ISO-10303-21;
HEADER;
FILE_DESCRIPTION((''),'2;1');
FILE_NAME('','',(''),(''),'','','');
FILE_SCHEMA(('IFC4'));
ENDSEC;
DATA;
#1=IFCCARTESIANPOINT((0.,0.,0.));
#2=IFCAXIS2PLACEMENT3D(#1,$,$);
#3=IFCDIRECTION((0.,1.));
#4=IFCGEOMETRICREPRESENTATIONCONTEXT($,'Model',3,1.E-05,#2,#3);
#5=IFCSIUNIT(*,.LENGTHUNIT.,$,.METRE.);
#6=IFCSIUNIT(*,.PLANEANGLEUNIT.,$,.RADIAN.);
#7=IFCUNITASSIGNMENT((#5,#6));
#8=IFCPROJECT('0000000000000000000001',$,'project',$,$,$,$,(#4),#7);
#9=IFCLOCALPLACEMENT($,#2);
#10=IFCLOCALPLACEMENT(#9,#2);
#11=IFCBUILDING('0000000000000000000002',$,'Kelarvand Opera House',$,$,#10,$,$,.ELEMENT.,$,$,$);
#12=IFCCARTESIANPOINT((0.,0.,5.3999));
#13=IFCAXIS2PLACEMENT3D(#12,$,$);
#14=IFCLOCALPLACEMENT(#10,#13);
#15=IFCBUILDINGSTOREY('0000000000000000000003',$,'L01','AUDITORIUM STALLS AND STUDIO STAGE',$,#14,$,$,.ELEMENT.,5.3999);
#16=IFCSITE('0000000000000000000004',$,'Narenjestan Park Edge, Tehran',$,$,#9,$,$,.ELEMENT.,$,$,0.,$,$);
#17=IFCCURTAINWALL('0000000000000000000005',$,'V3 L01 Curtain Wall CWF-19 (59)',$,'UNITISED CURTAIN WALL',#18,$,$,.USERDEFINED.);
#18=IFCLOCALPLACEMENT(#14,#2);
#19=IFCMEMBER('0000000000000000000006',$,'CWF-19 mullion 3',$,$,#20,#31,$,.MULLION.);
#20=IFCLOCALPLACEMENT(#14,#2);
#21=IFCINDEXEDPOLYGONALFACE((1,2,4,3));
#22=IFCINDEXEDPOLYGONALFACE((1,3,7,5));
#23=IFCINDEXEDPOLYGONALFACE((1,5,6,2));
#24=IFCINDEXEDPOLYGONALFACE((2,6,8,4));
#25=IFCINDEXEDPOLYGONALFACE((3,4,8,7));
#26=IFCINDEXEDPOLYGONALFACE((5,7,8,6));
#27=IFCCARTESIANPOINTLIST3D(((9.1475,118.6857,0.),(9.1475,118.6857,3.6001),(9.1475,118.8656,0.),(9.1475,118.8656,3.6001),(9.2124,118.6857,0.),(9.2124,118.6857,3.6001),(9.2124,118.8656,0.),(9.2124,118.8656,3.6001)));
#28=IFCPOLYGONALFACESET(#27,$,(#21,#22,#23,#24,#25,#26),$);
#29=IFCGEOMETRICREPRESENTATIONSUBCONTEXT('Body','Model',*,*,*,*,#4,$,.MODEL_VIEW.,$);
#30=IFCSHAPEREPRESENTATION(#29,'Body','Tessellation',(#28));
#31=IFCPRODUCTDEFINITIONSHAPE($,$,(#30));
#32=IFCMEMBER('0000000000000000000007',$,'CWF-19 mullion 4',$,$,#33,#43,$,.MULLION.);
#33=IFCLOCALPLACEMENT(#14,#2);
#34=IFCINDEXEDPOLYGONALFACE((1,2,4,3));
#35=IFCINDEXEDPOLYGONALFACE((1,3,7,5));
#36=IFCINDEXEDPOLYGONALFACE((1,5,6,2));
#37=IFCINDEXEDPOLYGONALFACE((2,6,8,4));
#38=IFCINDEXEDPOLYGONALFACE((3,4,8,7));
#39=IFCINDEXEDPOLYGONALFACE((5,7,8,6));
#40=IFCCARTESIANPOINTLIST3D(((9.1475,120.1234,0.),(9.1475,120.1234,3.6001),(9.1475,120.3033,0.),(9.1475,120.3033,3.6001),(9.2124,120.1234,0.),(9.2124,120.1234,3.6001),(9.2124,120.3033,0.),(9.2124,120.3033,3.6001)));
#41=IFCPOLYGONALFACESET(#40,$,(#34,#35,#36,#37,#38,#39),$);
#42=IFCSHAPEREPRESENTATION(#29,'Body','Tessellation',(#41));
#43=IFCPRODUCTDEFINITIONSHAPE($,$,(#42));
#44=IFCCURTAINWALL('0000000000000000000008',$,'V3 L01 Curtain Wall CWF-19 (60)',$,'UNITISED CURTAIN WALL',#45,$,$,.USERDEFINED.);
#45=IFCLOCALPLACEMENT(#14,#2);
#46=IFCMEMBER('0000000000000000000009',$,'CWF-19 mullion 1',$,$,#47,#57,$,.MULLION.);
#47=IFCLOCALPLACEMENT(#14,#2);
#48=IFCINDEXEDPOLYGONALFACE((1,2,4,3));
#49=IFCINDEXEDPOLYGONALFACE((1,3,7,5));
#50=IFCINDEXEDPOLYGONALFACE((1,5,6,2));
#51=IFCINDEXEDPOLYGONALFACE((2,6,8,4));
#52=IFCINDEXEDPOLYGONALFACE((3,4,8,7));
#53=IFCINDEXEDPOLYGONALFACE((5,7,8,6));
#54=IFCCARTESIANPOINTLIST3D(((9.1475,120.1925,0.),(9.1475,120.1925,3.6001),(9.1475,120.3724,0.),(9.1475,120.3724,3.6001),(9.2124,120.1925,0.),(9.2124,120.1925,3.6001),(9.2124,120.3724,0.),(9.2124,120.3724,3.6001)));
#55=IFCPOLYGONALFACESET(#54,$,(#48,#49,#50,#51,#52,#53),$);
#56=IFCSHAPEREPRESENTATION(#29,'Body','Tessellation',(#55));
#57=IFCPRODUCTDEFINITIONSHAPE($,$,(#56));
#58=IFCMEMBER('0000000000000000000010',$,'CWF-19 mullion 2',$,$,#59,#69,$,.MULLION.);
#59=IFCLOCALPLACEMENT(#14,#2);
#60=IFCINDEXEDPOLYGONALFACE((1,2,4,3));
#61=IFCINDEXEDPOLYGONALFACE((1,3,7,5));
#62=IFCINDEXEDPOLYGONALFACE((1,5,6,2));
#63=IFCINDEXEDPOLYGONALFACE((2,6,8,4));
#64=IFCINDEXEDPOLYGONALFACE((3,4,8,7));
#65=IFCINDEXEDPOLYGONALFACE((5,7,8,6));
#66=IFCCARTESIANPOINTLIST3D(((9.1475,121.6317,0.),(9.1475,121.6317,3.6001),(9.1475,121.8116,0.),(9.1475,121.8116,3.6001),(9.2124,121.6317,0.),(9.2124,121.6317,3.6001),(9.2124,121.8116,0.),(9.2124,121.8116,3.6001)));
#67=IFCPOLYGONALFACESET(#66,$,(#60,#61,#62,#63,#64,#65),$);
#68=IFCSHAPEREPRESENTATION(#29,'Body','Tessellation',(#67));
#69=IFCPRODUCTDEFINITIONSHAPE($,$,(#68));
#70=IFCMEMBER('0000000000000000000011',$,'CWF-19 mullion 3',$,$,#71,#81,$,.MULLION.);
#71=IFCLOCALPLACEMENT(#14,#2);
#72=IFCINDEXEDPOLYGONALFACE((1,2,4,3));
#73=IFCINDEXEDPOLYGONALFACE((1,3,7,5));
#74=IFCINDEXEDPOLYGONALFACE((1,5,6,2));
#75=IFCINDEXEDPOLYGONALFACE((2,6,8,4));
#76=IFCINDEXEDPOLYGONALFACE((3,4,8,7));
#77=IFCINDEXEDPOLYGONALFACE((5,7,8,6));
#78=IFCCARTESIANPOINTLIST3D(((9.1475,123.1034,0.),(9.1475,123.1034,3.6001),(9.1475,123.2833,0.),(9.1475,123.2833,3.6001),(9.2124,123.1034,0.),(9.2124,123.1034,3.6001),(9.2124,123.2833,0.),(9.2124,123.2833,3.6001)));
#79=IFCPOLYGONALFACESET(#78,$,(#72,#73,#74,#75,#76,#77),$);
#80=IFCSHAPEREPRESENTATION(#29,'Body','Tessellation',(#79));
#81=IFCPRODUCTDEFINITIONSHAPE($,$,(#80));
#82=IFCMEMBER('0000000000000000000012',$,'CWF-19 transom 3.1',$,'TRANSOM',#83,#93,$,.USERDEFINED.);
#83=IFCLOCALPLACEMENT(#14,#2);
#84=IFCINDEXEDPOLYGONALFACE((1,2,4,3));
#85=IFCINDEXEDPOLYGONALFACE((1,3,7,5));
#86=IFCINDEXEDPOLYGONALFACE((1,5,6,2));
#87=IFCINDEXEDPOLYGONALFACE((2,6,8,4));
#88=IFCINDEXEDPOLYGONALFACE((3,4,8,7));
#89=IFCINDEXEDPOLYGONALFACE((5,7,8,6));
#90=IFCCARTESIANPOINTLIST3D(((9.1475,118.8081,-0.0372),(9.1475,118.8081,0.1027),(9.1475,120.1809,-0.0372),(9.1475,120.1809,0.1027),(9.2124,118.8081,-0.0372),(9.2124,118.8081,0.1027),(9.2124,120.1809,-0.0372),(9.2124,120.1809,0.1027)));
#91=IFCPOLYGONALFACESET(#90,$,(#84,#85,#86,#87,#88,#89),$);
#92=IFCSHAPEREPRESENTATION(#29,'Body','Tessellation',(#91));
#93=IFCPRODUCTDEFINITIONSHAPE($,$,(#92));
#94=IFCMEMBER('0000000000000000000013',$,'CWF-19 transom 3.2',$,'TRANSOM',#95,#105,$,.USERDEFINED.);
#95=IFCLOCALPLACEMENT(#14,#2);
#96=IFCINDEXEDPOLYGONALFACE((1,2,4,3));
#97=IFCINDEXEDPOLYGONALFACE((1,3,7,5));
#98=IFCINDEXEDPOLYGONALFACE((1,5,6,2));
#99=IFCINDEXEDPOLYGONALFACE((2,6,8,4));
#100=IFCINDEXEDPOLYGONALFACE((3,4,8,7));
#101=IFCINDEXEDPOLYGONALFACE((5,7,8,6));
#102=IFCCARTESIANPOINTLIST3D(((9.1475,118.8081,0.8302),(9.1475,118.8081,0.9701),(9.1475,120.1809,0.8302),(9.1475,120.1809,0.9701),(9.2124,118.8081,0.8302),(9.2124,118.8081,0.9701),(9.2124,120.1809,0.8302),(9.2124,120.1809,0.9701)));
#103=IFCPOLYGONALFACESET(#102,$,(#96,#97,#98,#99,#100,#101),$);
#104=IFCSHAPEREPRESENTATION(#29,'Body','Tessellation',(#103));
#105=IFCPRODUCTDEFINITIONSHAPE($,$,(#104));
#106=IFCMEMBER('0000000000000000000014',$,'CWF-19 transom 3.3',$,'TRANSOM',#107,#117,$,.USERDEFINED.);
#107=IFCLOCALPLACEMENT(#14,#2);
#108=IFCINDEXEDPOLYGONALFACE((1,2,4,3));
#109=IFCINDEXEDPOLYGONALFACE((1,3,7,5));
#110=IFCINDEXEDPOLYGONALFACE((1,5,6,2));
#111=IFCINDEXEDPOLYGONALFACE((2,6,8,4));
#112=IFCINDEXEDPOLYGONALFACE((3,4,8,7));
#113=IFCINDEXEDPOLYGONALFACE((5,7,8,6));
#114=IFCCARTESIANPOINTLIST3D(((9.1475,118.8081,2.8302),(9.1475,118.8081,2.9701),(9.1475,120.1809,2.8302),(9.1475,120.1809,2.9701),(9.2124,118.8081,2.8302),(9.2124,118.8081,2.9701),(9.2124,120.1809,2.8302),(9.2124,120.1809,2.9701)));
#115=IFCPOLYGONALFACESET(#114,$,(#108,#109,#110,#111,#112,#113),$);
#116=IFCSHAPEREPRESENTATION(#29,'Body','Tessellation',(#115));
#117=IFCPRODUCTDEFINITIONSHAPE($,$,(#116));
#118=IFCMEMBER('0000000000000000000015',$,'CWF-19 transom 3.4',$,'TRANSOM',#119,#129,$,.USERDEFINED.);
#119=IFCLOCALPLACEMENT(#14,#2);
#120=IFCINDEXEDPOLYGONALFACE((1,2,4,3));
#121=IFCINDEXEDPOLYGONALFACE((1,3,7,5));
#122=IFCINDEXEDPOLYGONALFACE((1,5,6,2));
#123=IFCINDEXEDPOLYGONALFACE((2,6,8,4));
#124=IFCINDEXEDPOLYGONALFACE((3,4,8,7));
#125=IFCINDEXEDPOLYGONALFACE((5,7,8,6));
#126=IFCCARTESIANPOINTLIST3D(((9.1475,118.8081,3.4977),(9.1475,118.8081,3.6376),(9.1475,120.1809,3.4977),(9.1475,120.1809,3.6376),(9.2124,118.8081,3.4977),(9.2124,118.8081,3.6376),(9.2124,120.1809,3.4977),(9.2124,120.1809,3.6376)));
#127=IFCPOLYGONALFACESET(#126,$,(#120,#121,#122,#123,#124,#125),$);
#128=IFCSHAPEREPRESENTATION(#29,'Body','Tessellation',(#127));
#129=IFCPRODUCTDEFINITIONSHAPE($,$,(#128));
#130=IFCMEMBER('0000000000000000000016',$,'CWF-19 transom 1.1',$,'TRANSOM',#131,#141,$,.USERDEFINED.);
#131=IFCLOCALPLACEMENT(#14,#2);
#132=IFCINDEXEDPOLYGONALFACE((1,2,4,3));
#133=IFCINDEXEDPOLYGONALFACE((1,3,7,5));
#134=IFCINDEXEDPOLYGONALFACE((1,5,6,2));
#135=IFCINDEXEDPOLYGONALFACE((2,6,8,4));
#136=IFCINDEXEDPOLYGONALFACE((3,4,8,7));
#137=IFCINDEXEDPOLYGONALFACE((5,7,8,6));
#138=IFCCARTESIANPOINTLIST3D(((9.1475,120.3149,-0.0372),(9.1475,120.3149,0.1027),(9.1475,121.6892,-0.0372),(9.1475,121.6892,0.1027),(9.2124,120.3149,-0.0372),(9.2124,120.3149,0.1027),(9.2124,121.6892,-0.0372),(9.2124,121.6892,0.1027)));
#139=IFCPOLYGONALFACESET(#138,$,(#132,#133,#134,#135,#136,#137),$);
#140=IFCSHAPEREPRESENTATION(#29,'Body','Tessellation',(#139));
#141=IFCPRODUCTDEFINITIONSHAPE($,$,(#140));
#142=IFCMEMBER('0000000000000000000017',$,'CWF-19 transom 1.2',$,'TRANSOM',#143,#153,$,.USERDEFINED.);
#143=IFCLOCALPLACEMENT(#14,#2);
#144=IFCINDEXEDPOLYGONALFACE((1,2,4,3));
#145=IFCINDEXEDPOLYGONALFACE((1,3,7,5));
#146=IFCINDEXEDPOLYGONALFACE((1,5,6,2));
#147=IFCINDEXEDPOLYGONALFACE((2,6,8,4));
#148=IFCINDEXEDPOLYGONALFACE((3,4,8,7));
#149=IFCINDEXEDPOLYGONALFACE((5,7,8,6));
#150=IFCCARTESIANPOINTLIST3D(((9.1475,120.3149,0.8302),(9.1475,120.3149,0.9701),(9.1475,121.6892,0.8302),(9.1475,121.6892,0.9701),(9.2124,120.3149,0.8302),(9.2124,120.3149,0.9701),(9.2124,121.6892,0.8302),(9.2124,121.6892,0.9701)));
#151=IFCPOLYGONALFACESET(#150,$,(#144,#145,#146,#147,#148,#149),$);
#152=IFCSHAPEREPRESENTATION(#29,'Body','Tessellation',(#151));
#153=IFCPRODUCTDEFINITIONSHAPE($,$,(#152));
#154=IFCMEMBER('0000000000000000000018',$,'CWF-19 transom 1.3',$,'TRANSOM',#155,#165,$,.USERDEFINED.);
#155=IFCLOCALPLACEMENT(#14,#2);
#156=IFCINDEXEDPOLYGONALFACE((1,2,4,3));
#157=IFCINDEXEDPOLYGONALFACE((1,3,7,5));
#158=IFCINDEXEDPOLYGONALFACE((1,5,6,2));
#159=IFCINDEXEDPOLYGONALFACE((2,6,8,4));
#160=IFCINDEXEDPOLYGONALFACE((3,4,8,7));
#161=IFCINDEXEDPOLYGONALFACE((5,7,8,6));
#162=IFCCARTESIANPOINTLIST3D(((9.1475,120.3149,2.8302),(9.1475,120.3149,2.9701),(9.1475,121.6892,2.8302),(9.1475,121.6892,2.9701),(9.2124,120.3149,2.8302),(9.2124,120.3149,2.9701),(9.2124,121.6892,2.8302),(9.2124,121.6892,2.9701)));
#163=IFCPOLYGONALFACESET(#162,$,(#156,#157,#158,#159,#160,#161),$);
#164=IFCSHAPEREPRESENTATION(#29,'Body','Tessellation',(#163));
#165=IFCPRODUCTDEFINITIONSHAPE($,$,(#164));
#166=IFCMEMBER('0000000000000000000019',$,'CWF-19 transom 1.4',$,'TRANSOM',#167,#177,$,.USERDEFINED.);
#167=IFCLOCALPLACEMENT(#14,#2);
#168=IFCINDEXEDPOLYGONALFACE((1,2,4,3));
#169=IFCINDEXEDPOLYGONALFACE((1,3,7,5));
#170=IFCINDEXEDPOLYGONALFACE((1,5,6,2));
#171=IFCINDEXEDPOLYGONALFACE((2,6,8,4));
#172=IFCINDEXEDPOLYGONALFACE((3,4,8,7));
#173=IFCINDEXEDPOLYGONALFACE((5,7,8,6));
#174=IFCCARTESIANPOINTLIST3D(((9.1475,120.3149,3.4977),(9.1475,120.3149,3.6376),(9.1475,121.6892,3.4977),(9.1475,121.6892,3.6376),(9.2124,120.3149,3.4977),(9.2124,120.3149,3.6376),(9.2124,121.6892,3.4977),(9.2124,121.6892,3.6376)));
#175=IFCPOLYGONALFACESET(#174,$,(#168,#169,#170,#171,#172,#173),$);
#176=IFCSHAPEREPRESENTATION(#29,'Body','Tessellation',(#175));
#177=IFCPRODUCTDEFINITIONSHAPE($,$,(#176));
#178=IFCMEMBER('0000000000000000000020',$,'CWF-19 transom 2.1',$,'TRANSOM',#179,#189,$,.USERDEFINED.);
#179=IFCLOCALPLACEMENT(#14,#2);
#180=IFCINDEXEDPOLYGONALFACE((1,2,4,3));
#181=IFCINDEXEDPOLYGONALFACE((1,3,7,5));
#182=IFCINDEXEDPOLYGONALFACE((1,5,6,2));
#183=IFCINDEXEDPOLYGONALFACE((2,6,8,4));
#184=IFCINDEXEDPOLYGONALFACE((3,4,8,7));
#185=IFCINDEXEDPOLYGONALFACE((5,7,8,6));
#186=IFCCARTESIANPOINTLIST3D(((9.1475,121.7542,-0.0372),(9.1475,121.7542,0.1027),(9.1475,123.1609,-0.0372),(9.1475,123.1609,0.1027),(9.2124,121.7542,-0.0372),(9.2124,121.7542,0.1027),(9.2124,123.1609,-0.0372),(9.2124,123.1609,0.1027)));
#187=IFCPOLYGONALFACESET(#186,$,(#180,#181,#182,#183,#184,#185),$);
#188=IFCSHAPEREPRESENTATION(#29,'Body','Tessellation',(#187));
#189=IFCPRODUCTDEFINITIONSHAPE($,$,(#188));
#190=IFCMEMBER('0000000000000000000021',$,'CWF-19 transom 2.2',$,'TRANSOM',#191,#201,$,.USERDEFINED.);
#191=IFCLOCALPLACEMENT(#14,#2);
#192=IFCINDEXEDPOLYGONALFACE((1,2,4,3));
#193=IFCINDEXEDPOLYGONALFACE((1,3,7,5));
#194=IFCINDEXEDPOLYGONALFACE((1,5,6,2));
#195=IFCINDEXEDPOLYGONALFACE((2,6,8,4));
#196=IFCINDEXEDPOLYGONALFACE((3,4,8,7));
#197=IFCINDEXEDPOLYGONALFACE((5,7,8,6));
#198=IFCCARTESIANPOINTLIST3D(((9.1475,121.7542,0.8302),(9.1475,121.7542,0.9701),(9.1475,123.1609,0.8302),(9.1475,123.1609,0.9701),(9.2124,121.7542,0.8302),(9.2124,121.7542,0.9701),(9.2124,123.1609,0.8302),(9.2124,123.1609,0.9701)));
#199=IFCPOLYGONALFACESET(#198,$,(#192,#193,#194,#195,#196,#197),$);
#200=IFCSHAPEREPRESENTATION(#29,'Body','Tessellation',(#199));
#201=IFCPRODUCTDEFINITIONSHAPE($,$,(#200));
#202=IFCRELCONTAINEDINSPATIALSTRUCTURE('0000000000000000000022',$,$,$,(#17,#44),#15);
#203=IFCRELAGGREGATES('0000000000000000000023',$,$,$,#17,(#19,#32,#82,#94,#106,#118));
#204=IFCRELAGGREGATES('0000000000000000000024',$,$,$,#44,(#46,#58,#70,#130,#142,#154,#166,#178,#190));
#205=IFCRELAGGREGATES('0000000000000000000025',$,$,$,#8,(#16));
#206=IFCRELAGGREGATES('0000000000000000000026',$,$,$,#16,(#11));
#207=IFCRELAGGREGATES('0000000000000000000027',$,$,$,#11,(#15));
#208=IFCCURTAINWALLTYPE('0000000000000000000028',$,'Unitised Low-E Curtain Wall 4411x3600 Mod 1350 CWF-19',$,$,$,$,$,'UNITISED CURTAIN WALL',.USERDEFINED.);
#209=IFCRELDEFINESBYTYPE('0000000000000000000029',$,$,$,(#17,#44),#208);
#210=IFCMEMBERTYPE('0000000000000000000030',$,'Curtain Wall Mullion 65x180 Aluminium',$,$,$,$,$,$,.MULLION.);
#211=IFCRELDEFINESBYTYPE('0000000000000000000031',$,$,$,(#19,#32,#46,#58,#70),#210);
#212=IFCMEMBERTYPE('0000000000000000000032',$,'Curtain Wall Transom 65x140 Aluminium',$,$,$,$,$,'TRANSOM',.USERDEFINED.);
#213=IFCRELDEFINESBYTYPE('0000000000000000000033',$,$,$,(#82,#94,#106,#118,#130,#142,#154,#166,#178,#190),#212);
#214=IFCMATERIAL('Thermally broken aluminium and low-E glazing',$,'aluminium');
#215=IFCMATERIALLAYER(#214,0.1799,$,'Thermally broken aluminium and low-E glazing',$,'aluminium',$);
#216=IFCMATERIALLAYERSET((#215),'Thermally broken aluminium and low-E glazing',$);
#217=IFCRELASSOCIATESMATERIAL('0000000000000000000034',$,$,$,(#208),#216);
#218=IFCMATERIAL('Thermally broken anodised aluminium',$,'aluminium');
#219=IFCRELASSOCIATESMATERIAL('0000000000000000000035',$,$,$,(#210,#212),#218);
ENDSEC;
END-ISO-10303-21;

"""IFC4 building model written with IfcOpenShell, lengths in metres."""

from ifc_helpers import new_model, si_unit, direction, frame, origin, origin_2d, place, context, subcontext, project, spatial, rectangle, extrude, material, layer, layer_set, material_profile, profile_set, type_object, element, aggregate, save


model = new_model("IFC4")

# Units and contexts
model_context = context("Model", 3, precision=1e-05, world=origin(), true_north=direction((0.0, 1.0)))
body_context = subcontext(model_context, "Body", "Model", "MODEL_VIEW")
ifc_project = project(units=[si_unit("LENGTHUNIT", "METRE"), si_unit("PLANEANGLEUNIT", "RADIAN")], contexts=[model_context])

# Site, building, storey
site_placement = place(None, origin())
site = spatial("IfcSite", under=ifc_project, at=site_placement, Name="Narenjestan Park Edge, Tehran", CompositionType="ELEMENT", RefElevation=0.0)
building_placement = place(site_placement, origin())
building = spatial("IfcBuilding", under=site, at=building_placement, Name="Kelarvand Opera House", CompositionType="ELEMENT")
storey_placement = place(building_placement, frame((0.0, 0.0, 5.3999)))
storey = spatial("IfcBuildingStorey", under=building, at=storey_placement, Name="L01", Description="AUDITORIUM STALLS AND STUDIO STAGE", CompositionType="ELEMENT", Elevation=5.3999)

# Curtain walls, members
ifc_material_1 = material(Name="Thermally broken aluminium and low-E glazing", Category="aluminium")
ifc_layer_1 = layer(ifc_material_1, 0.1799, Name="Thermally broken aluminium and low-E glazing", Category="aluminium")
ifc_layer_set_1 = layer_set([ifc_layer_1], Name="Thermally broken aluminium and low-E glazing")
curtain_wall_type = type_object("IfcCurtainWallType", Name="Unitised Low-E Curtain Wall 4411x3600 Mod 1350 CWF-19", ElementType="UNITISED CURTAIN WALL", PredefinedType="USERDEFINED", material=ifc_layer_set_1)
curtain_wall_1_placement = place(storey_placement, origin())
curtain_wall_1 = element("IfcCurtainWall", 1, at=curtain_wall_1_placement, inside=storey, type_object=curtain_wall_type, Name="V3 L01 Curtain Wall CWF-19 (59)", ObjectType="UNITISED CURTAIN WALL", PredefinedType="USERDEFINED")
ifc_material_2 = material(Name="Thermally broken anodised aluminium", Category="aluminium")
ifc_material_profile_1 = material_profile(ifc_material_2, rectangle(XDim=0.0649, YDim=0.1799, at=origin_2d()), Name="ALU MULLION 65x180", Category="aluminium")
ifc_profile_set_1 = profile_set([ifc_material_profile_1], Name="Thermally broken anodised aluminium")
member_type_1 = type_object("IfcMemberType", Name="Curtain Wall Mullion 65x180 Aluminium", PredefinedType="MULLION", material=ifc_profile_set_1)
member_1_placement = place(storey_placement, frame((9.1799, 118.7756, 0.0), z_axis=(0.0, 0.0, 1.0), x_axis=(-1.0, 0.0, 0.0)))
member_1 = element("IfcMember", 2, at=member_1_placement, type_object=member_type_1, Name="CWF-19 mullion 3", PredefinedType="MULLION", context=body_context, shape_type="SweptSolid", body=[
    extrude(rectangle(XDim=0.0649, YDim=0.1799, at=origin_2d()), origin(), (0.0, 0.0, 1.0), 3.6001),
])
member_2_placement = place(storey_placement, frame((9.1799, 120.2134, 0.0), z_axis=(0.0, 0.0, 1.0), x_axis=(-1.0, 0.0, 0.0)))
member_2 = element("IfcMember", 3, at=member_2_placement, type_object=member_type_1, Name="CWF-19 mullion 4", PredefinedType="MULLION", context=body_context, shape_type="SweptSolid", body=[
    extrude(rectangle(XDim=0.0649, YDim=0.1799, at=origin_2d()), origin(), (0.0, 0.0, 1.0), 3.6001),
])
curtain_wall_2_placement = place(storey_placement, origin())
curtain_wall_2 = element("IfcCurtainWall", 4, at=curtain_wall_2_placement, inside=storey, type_object=curtain_wall_type, Name="V3 L01 Curtain Wall CWF-19 (60)", ObjectType="UNITISED CURTAIN WALL", PredefinedType="USERDEFINED")
member_3_placement = place(storey_placement, frame((9.1799, 120.2825, 0.0), z_axis=(0.0, 0.0, 1.0), x_axis=(-1.0, 0.0, 0.0)))
member_3 = element("IfcMember", 5, at=member_3_placement, type_object=member_type_1, Name="CWF-19 mullion 1", PredefinedType="MULLION", context=body_context, shape_type="SweptSolid", body=[
    extrude(rectangle(XDim=0.0649, YDim=0.1799, at=origin_2d()), origin(), (0.0, 0.0, 1.0), 3.6001),
])
member_4_placement = place(storey_placement, frame((9.1799, 121.7217, 0.0), z_axis=(0.0, 0.0, 1.0), x_axis=(-1.0, 0.0, 0.0)))
member_4 = element("IfcMember", 6, at=member_4_placement, type_object=member_type_1, Name="CWF-19 mullion 2", PredefinedType="MULLION", context=body_context, shape_type="SweptSolid", body=[
    extrude(rectangle(XDim=0.0649, YDim=0.1799, at=origin_2d()), origin(), (0.0, 0.0, 1.0), 3.6001),
])
member_5_placement = place(storey_placement, frame((9.1799, 123.1934, 0.0), z_axis=(0.0, 0.0, 1.0), x_axis=(-1.0, 0.0, 0.0)))
member_5 = element("IfcMember", 7, at=member_5_placement, type_object=member_type_1, Name="CWF-19 mullion 3", PredefinedType="MULLION", context=body_context, shape_type="SweptSolid", body=[
    extrude(rectangle(XDim=0.0649, YDim=0.1799, at=origin_2d()), origin(), (0.0, 0.0, 1.0), 3.6001),
])

# Members
ifc_material_profile_2 = material_profile(ifc_material_2, rectangle(XDim=0.0649, YDim=0.1399, at=origin_2d()), Name="ALU TRANSOM 65x140", Category="aluminium")
ifc_profile_set_2 = profile_set([ifc_material_profile_2], Name="Thermally broken anodised aluminium")
member_type_2 = type_object("IfcMemberType", Name="Curtain Wall Transom 65x140 Aluminium", ElementType="TRANSOM", PredefinedType="USERDEFINED", material=ifc_profile_set_2)
member_6_placement = place(storey_placement, frame((9.1799, 118.8081, 0.0327), z_axis=(0.0, 1.0, 0.0), x_axis=(-1.0, 0.0, 0.0)))
member_6 = element("IfcMember", 8, at=member_6_placement, type_object=member_type_2, Name="CWF-19 transom 3.1", ObjectType="TRANSOM", PredefinedType="USERDEFINED", context=body_context, shape_type="SweptSolid", body=[
    extrude(rectangle(XDim=0.0649, YDim=0.1399, at=origin_2d()), origin(), (0.0, 0.0, 1.0), 1.3728),
])
member_7_placement = place(storey_placement, frame((9.1799, 118.8081, 0.9001), z_axis=(0.0, 1.0, 0.0), x_axis=(-1.0, 0.0, 0.0)))
member_7 = element("IfcMember", 9, at=member_7_placement, type_object=member_type_2, Name="CWF-19 transom 3.2", ObjectType="TRANSOM", PredefinedType="USERDEFINED", context=body_context, shape_type="SweptSolid", body=[
    extrude(rectangle(XDim=0.0649, YDim=0.1399, at=origin_2d()), origin(), (0.0, 0.0, 1.0), 1.3728),
])
member_8_placement = place(storey_placement, frame((9.1799, 118.8081, 2.9001), z_axis=(0.0, 1.0, 0.0), x_axis=(-1.0, 0.0, 0.0)))
member_8 = element("IfcMember", 10, at=member_8_placement, type_object=member_type_2, Name="CWF-19 transom 3.3", ObjectType="TRANSOM", PredefinedType="USERDEFINED", context=body_context, shape_type="SweptSolid", body=[
    extrude(rectangle(XDim=0.0649, YDim=0.1399, at=origin_2d()), origin(), (0.0, 0.0, 1.0), 1.3728),
])
member_9_placement = place(storey_placement, frame((9.1799, 118.8081, 3.5676), z_axis=(0.0, 1.0, 0.0), x_axis=(-1.0, 0.0, 0.0)))
member_9 = element("IfcMember", 11, at=member_9_placement, type_object=member_type_2, Name="CWF-19 transom 3.4", ObjectType="TRANSOM", PredefinedType="USERDEFINED", context=body_context, shape_type="SweptSolid", body=[
    extrude(rectangle(XDim=0.0649, YDim=0.1399, at=origin_2d()), origin(), (0.0, 0.0, 1.0), 1.3728),
])
member_10_placement = place(storey_placement, frame((9.1799, 120.3149, 0.0327), z_axis=(0.0, 1.0, 0.0), x_axis=(-1.0, 0.0, 0.0)))
member_10 = element("IfcMember", 12, at=member_10_placement, type_object=member_type_2, Name="CWF-19 transom 1.1", ObjectType="TRANSOM", PredefinedType="USERDEFINED", context=body_context, shape_type="SweptSolid", body=[
    extrude(rectangle(XDim=0.0649, YDim=0.1399, at=origin_2d()), origin(), (0.0, 0.0, 1.0), 1.3743),
])
member_11_placement = place(storey_placement, frame((9.1799, 120.3149, 0.9001), z_axis=(0.0, 1.0, 0.0), x_axis=(-1.0, 0.0, 0.0)))
member_11 = element("IfcMember", 13, at=member_11_placement, type_object=member_type_2, Name="CWF-19 transom 1.2", ObjectType="TRANSOM", PredefinedType="USERDEFINED", context=body_context, shape_type="SweptSolid", body=[
    extrude(rectangle(XDim=0.0649, YDim=0.1399, at=origin_2d()), origin(), (0.0, 0.0, 1.0), 1.3743),
])
member_12_placement = place(storey_placement, frame((9.1799, 120.3149, 2.9001), z_axis=(0.0, 1.0, 0.0), x_axis=(-1.0, 0.0, 0.0)))
member_12 = element("IfcMember", 14, at=member_12_placement, type_object=member_type_2, Name="CWF-19 transom 1.3", ObjectType="TRANSOM", PredefinedType="USERDEFINED", context=body_context, shape_type="SweptSolid", body=[
    extrude(rectangle(XDim=0.0649, YDim=0.1399, at=origin_2d()), origin(), (0.0, 0.0, 1.0), 1.3743),
])
member_13_placement = place(storey_placement, frame((9.1799, 120.3149, 3.5676), z_axis=(0.0, 1.0, 0.0), x_axis=(-1.0, 0.0, 0.0)))
member_13 = element("IfcMember", 15, at=member_13_placement, type_object=member_type_2, Name="CWF-19 transom 1.4", ObjectType="TRANSOM", PredefinedType="USERDEFINED", context=body_context, shape_type="SweptSolid", body=[
    extrude(rectangle(XDim=0.0649, YDim=0.1399, at=origin_2d()), origin(), (0.0, 0.0, 1.0), 1.3743),
])
member_14_placement = place(storey_placement, frame((9.1799, 121.7542, 0.0327), z_axis=(0.0, 1.0, 0.0), x_axis=(-1.0, 0.0, 0.0)))
member_14 = element("IfcMember", 16, at=member_14_placement, type_object=member_type_2, Name="CWF-19 transom 2.1", ObjectType="TRANSOM", PredefinedType="USERDEFINED", context=body_context, shape_type="SweptSolid", body=[
    extrude(rectangle(XDim=0.0649, YDim=0.1399, at=origin_2d()), origin(), (0.0, 0.0, 1.0), 1.4067),
])
member_15_placement = place(storey_placement, frame((9.1799, 121.7542, 0.9001), z_axis=(0.0, 1.0, 0.0), x_axis=(-1.0, 0.0, 0.0)))
member_15 = element("IfcMember", 17, at=member_15_placement, type_object=member_type_2, Name="CWF-19 transom 2.2", ObjectType="TRANSOM", PredefinedType="USERDEFINED", context=body_context, shape_type="SweptSolid", body=[
    extrude(rectangle(XDim=0.0649, YDim=0.1399, at=origin_2d()), origin(), (0.0, 0.0, 1.0), 1.4067),
])

aggregate(curtain_wall_1, [member_1, member_2, member_6, member_7, member_8, member_9])
aggregate(curtain_wall_2, [member_3, member_4, member_5, member_10, member_11, member_12, member_13, member_14, member_15])

save(model, "model.ifc")
